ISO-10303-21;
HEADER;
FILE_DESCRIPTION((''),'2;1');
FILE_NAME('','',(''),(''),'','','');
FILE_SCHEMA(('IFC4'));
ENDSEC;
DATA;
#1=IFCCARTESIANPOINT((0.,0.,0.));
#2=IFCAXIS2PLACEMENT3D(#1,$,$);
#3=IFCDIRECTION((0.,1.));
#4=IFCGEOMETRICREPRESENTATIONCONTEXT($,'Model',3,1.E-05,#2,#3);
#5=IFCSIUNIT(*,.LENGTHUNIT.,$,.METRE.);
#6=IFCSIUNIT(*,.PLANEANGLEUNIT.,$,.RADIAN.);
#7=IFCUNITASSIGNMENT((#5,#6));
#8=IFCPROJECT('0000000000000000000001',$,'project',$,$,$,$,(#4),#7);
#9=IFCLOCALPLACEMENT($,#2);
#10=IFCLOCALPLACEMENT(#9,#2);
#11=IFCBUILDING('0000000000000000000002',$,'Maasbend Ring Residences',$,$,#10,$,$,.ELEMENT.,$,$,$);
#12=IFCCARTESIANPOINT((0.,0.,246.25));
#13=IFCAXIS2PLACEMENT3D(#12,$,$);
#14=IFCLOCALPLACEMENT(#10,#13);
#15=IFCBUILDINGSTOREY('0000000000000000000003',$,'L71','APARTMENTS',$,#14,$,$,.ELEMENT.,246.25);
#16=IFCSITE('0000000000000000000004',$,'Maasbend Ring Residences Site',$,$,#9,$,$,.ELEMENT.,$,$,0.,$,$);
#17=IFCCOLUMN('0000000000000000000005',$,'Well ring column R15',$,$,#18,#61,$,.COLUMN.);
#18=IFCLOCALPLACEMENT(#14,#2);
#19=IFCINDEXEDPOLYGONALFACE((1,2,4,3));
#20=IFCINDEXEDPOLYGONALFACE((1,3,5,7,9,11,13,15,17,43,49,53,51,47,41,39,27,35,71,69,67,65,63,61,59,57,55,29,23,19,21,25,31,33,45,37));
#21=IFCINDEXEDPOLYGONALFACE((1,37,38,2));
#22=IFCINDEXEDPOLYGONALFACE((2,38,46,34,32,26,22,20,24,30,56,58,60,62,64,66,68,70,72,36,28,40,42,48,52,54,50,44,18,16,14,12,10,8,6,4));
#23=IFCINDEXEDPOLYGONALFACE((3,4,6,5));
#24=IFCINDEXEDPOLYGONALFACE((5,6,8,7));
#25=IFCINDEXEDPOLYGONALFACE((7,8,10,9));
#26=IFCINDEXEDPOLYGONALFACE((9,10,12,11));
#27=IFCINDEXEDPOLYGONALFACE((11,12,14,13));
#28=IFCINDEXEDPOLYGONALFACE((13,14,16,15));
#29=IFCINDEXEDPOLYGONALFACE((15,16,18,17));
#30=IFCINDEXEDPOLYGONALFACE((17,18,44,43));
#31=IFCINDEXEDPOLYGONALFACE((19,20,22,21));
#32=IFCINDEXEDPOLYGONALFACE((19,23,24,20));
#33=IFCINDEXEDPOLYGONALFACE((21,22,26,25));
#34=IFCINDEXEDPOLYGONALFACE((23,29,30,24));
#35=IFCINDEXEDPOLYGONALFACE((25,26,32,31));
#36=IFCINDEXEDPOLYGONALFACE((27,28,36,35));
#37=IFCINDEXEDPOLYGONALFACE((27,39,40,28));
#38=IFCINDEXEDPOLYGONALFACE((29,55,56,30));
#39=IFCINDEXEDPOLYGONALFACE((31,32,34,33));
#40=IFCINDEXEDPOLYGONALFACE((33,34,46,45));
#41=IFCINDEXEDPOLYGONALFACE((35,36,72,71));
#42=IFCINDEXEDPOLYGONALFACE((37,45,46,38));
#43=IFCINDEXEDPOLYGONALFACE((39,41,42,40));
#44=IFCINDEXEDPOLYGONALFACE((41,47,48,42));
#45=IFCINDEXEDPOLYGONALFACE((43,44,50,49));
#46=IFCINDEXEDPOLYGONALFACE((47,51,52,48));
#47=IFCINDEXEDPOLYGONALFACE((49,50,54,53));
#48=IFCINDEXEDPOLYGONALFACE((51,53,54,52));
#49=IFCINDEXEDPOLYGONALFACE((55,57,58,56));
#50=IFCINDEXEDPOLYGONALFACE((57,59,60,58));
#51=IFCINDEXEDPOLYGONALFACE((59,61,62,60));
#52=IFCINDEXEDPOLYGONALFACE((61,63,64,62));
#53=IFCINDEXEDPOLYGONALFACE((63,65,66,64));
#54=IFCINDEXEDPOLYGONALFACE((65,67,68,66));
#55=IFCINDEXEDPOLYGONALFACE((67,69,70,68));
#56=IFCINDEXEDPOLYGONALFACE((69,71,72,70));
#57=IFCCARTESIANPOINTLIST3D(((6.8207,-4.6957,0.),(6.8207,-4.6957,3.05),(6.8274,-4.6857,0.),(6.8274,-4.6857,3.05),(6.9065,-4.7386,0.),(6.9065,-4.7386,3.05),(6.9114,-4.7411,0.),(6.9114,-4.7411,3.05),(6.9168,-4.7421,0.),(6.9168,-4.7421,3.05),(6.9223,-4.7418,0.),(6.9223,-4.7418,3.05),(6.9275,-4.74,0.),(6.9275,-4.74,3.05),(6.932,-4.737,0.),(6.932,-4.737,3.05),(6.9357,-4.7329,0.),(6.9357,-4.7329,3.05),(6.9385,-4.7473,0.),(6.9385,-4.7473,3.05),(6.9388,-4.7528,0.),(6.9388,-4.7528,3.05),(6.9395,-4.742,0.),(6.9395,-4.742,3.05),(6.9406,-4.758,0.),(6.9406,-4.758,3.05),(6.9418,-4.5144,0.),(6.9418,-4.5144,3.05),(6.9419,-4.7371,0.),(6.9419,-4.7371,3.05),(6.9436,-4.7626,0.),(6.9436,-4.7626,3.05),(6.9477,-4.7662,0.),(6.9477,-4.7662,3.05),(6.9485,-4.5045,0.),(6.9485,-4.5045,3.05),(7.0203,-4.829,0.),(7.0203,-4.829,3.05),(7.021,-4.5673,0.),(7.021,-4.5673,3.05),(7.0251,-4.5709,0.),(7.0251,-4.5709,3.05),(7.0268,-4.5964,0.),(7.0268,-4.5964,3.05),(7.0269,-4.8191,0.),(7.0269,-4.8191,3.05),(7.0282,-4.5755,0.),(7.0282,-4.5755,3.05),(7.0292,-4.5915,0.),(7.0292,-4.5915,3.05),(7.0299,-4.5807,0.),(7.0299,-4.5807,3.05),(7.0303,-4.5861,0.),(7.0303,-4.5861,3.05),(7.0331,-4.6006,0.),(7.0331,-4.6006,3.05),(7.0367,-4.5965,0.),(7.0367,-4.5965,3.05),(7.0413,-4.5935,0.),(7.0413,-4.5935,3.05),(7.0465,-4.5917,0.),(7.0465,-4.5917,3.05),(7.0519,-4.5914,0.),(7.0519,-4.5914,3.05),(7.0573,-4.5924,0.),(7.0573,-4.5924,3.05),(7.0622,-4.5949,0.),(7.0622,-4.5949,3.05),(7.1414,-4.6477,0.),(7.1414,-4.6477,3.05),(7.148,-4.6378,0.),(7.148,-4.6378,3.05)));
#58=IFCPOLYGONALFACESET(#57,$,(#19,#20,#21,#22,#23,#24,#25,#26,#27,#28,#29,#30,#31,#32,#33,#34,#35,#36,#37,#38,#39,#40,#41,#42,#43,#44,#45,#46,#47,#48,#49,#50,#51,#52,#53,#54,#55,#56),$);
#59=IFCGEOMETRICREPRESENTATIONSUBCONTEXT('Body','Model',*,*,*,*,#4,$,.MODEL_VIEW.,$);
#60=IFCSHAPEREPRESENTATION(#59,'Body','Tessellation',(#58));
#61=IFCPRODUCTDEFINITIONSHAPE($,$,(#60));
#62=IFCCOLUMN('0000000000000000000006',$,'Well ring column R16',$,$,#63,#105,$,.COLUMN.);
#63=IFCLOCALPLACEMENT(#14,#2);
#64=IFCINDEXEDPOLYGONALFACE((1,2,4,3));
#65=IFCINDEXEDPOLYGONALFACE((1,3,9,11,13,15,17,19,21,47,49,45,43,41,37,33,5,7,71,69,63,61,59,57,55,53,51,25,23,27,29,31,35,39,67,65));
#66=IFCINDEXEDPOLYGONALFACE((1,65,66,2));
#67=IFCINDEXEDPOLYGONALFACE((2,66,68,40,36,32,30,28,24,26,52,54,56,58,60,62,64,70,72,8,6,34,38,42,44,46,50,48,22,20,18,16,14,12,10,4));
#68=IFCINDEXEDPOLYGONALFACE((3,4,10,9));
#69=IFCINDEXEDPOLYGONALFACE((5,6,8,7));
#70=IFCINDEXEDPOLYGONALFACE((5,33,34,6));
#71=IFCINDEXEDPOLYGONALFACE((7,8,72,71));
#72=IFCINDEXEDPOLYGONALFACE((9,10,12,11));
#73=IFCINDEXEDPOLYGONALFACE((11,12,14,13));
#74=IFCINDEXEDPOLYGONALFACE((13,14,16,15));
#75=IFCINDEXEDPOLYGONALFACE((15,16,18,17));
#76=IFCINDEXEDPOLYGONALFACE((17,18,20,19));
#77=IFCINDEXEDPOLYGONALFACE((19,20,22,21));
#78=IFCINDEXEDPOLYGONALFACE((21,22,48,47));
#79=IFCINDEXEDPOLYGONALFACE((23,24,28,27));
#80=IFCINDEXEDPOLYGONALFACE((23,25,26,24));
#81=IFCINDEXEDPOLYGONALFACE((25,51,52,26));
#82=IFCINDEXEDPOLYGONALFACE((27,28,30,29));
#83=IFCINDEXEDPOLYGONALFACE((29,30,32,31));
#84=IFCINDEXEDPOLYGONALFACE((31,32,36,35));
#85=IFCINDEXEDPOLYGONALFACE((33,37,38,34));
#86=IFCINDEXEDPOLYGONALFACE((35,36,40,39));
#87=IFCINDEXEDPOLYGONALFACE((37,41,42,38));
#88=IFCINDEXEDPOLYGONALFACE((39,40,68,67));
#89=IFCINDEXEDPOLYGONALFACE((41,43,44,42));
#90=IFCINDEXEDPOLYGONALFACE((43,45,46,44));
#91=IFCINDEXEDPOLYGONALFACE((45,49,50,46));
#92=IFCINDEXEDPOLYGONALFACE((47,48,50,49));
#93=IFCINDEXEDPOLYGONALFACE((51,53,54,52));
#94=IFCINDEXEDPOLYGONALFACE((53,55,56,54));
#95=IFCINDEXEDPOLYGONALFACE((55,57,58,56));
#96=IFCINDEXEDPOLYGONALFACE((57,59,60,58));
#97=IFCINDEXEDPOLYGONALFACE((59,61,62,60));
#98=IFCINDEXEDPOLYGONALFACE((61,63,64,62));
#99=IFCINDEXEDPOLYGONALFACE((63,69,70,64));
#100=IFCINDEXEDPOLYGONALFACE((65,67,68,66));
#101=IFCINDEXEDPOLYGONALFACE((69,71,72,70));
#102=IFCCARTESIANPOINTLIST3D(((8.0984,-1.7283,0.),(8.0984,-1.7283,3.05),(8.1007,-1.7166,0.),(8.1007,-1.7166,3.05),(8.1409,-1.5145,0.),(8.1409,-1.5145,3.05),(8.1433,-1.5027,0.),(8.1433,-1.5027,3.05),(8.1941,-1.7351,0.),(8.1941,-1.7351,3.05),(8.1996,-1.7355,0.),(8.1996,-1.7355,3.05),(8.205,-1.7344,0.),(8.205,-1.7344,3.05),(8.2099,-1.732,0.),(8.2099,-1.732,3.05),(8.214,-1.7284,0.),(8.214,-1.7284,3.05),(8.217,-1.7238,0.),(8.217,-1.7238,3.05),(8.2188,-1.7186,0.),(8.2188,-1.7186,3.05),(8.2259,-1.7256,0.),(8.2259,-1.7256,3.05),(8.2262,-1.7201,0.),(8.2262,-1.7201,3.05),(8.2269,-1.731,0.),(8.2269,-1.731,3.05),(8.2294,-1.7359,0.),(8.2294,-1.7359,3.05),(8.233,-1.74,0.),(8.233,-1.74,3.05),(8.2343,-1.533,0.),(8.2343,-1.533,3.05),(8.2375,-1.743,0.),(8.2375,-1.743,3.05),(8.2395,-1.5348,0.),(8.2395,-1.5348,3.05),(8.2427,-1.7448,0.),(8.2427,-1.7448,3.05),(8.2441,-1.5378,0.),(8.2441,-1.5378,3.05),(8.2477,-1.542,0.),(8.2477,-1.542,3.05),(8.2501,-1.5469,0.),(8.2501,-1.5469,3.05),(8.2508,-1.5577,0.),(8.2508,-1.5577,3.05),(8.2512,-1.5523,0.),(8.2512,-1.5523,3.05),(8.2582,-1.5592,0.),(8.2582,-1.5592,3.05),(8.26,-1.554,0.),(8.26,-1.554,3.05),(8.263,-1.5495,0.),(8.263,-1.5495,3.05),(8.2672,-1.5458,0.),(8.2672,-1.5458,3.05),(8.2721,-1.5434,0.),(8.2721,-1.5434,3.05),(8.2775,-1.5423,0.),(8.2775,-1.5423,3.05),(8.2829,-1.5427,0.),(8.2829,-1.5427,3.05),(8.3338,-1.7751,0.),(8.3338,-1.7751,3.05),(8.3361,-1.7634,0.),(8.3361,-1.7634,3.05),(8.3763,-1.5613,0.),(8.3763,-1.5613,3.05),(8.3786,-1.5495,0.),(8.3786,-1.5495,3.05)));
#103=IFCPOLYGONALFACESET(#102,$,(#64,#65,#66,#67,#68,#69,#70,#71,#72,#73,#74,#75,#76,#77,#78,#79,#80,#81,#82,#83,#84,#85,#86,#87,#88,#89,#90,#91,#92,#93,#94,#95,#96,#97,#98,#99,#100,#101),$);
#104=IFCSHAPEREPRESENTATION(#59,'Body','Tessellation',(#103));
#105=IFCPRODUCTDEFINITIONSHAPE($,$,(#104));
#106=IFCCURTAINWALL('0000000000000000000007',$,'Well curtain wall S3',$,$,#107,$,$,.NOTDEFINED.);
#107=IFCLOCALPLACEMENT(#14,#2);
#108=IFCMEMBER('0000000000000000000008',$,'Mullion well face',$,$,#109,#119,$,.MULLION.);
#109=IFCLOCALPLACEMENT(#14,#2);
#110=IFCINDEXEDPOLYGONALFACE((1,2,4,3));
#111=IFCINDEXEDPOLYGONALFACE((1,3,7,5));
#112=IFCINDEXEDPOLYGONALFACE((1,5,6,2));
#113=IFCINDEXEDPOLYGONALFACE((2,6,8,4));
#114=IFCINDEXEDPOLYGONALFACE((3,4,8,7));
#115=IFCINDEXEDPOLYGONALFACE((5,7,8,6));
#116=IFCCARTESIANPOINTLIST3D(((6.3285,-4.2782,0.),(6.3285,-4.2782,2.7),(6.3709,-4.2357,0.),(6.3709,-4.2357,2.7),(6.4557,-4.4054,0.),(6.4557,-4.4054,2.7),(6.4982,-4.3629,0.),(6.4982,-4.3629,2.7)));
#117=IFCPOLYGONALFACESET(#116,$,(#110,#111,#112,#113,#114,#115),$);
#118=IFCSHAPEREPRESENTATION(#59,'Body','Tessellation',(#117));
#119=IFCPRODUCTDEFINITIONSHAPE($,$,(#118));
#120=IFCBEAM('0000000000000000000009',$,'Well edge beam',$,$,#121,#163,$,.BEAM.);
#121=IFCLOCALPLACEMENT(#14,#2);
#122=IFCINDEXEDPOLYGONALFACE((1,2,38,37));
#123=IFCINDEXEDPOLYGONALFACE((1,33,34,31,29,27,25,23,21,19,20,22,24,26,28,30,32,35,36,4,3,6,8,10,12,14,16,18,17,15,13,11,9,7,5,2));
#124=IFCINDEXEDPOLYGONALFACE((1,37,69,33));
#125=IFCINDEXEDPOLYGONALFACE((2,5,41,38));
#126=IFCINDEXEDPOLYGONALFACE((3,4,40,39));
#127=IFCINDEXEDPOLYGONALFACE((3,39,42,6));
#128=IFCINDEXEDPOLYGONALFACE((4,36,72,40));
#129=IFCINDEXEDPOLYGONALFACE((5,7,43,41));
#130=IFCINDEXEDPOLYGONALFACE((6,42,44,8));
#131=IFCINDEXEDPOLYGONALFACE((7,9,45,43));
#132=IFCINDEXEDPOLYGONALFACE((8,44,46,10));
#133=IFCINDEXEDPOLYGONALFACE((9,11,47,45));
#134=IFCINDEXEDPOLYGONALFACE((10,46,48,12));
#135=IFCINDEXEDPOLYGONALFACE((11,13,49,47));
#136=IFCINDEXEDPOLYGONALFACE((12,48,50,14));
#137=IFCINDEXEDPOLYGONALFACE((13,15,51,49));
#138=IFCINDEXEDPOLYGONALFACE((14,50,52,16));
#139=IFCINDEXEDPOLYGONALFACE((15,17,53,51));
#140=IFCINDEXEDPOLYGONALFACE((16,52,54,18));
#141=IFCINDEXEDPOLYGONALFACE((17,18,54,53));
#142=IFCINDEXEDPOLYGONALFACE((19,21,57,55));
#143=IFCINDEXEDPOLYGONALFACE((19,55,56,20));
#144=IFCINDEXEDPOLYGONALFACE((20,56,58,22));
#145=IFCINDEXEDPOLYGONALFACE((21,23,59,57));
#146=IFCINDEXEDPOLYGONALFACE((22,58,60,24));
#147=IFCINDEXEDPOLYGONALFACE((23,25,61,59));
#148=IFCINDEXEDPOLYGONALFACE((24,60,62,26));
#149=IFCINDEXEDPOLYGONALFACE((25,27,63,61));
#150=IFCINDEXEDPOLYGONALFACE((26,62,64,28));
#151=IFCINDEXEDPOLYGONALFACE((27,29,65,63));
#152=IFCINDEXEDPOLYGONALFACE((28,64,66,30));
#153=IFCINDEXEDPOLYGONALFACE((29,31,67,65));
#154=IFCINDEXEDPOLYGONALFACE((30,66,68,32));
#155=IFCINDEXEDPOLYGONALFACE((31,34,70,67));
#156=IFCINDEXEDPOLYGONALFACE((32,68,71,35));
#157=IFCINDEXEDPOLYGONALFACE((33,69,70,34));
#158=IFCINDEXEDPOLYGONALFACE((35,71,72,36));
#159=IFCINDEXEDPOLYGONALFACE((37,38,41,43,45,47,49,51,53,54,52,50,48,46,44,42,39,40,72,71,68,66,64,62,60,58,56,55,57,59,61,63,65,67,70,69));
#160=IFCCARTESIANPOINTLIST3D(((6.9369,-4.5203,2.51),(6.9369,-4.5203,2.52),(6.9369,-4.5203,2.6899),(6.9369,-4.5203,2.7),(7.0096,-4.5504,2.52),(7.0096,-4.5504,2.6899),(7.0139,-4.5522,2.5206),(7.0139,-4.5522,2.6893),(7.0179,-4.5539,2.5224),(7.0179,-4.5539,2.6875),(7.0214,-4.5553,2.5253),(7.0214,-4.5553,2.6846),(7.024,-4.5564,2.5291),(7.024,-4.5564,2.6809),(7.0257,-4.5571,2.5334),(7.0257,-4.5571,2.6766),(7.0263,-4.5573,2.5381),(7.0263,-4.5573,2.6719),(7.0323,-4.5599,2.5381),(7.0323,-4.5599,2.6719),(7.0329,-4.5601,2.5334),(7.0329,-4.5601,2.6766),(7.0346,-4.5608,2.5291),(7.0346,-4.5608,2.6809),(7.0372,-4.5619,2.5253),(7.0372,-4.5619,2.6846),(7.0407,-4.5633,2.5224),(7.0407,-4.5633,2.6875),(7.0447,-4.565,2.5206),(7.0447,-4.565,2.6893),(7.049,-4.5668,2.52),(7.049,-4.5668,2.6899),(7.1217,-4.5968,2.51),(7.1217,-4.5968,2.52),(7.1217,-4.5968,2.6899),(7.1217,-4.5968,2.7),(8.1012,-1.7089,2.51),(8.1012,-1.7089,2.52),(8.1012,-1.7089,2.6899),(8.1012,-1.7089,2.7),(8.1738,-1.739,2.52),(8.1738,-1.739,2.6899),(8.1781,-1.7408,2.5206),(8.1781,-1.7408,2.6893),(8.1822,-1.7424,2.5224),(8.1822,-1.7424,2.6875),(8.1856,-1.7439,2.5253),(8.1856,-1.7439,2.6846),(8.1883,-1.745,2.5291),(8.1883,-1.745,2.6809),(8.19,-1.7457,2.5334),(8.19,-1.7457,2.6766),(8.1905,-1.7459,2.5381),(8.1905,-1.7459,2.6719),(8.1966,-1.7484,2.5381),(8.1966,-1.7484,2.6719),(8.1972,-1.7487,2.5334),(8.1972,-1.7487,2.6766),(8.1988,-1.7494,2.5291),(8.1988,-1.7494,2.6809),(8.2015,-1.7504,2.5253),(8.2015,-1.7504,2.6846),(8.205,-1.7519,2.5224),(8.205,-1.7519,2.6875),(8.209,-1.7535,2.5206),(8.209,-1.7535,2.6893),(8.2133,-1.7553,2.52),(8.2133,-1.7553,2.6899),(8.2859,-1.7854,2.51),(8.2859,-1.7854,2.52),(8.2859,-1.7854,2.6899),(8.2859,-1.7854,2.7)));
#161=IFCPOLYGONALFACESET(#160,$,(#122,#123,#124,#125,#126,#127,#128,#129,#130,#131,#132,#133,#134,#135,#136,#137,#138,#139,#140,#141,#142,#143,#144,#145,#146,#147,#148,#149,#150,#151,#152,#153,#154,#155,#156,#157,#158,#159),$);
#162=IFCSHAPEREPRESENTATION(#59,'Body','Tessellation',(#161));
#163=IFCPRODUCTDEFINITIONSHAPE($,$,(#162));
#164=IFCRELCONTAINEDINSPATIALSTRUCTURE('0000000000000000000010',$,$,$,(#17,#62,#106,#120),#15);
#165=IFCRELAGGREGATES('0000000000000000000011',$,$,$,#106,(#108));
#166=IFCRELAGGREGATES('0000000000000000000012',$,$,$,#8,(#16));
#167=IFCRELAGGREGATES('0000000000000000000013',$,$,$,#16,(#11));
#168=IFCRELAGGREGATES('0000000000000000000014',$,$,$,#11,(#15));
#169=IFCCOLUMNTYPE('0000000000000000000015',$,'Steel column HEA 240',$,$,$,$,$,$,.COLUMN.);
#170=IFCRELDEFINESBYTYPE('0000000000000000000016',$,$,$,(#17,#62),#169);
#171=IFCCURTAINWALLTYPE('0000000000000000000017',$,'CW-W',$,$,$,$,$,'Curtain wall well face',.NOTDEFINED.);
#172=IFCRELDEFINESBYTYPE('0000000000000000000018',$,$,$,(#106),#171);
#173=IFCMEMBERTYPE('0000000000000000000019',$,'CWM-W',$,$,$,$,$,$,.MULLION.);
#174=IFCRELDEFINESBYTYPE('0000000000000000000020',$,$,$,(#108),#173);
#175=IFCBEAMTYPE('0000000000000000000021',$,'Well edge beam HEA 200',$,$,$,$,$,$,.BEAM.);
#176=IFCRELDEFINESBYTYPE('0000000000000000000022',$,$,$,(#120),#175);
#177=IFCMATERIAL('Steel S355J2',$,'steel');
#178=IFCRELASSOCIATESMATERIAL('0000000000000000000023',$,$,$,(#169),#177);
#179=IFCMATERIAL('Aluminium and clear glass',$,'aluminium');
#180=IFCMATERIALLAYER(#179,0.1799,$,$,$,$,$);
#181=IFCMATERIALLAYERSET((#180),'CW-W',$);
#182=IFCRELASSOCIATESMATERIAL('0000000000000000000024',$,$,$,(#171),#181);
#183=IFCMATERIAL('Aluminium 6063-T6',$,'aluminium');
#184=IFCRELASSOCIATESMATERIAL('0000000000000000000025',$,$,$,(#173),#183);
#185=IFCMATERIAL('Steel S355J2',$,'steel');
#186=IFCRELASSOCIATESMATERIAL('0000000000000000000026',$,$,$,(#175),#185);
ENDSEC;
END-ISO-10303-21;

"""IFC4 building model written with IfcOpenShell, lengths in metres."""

from ifc_helpers import new_model, si_unit, direction, frame, origin, origin_2d, place, context, subcontext, project, spatial, rectangle, i_section, extrude, material, layer, layer_set, material_profile, profile_set, type_object, element, aggregate, save


model = new_model("IFC4")

# Units and contexts
model_context = context("Model", 3, precision=1e-05, world=origin(), true_north=direction((0.0, 1.0)))
body_context = subcontext(model_context, "Body", "Model", "MODEL_VIEW")
ifc_project = project(units=[si_unit("LENGTHUNIT", "METRE"), si_unit("PLANEANGLEUNIT", "RADIAN")], contexts=[model_context])

# Site, building, storey
site_placement = place(None, origin())
site = spatial("IfcSite", under=ifc_project, at=site_placement, Name="Maasbend Ring Residences Site", CompositionType="ELEMENT", RefElevation=0.0)
building_placement = place(site_placement, origin())
building = spatial("IfcBuilding", under=site, at=building_placement, Name="Maasbend Ring Residences", CompositionType="ELEMENT")
storey_placement = place(building_placement, frame((0.0, 0.0, 246.25)))
storey = spatial("IfcBuildingStorey", under=building, at=storey_placement, Name="L71", Description="APARTMENTS", CompositionType="ELEMENT", Elevation=246.25)

# Columns
ifc_material_1 = material(Name="Steel S355J2", Category="steel")
ifc_material_profile_1 = material_profile(ifc_material_1, i_section(OverallWidth=0.24, OverallDepth=0.23, WebThickness=0.0076, FlangeThickness=0.012, FilletRadius=0.021, at=origin_2d()), Name="HEA 240")
ifc_profile_set_1 = profile_set([ifc_material_profile_1], Name="Steel S355J2")
column_type = type_object("IfcColumnType", Name="Steel column HEA 240", PredefinedType="COLUMN", material=ifc_profile_set_1)
for number, where, z_axis, x_axis, name in (
    (1, (6.9844, -4.6667, 0.0), (0.0, 0.0, 1.0), (0.83147, -0.55557, 0.0), "Well ring column R15"),
    (2, (8.2385, -1.6389, 0.0), (0.0, 0.0, 1.0), (0.980785, -0.19509, 0.0), "Well ring column R16"),
):
    element("IfcColumn", number, at=place(storey_placement, frame(where, z_axis=z_axis, x_axis=x_axis)), inside=storey, type_object=column_type, Name=name, PredefinedType="COLUMN", context=body_context, shape_type="SweptSolid", body=[
        extrude(i_section(OverallWidth=0.24, OverallDepth=0.23, WebThickness=0.0076, FlangeThickness=0.012, FilletRadius=0.021, at=origin_2d()), origin(), (0.0, 0.0, 1.0), 3.05),
    ])

# Curtain wall, member
ifc_material_2 = material(Name="Aluminium and clear glass", Category="aluminium")
ifc_layer_1 = layer(ifc_material_2, 0.1799)
ifc_layer_set_1 = layer_set([ifc_layer_1], Name="CW-W")
curtain_wall_type = type_object("IfcCurtainWallType", Name="CW-W", ElementType="Curtain wall well face", PredefinedType="NOTDEFINED", material=ifc_layer_set_1)
curtain_wall_placement = place(storey_placement, origin())
curtain_wall = element("IfcCurtainWall", 3, at=curtain_wall_placement, inside=storey, type_object=curtain_wall_type, Name="Well curtain wall S3", PredefinedType="NOTDEFINED")
ifc_material_3 = material(Name="Aluminium 6063-T6", Category="aluminium")
ifc_material_profile_2 = material_profile(ifc_material_3, rectangle(XDim=0.1799, YDim=0.0601, at=origin_2d()), Name="AL 180x60")
ifc_profile_set_2 = profile_set([ifc_material_profile_2], Name="Aluminium 6063-T6")
member_type = type_object("IfcMemberType", Name="CWM-W", PredefinedType="MULLION", material=ifc_profile_set_2)
member_placement = place(storey_placement, frame((6.4133, -4.3206, 0.0), z_axis=(0.0, 0.0, 1.0), x_axis=(-0.707107, 0.707107, 0.0)))
member = element("IfcMember", 4, at=member_placement, type_object=member_type, Name="Mullion well face", PredefinedType="MULLION", context=body_context, shape_type="SweptSolid", body=[
    extrude(rectangle(XDim=0.1799, YDim=0.0601, at=origin_2d()), origin(), (0.0, 0.0, 1.0), 2.7),
])

# Beam
ifc_material_4 = material(Name="Steel S355J2", Category="steel")
ifc_material_profile_3 = material_profile(ifc_material_4, i_section(OverallWidth=0.2, OverallDepth=0.1899, WebThickness=0.0066, FlangeThickness=0.01, FilletRadius=0.0181, at=origin_2d()), Name="HEA 200")
ifc_profile_set_3 = profile_set([ifc_material_profile_3], Name="Steel S355J2")
beam_type = type_object("IfcBeamType", Name="Well edge beam HEA 200", PredefinedType="BEAM", material=ifc_profile_set_3)
for number, where, z_axis, x_axis, name in (
    (5, (7.0293, -4.5586, 2.605), (0.382609, 0.92391, 0.0), (-0.92391, 0.382609, 0.0), "Well edge beam"),
):
    element("IfcBeam", number, at=place(storey_placement, frame(where, z_axis=z_axis, x_axis=x_axis)), inside=storey, type_object=beam_type, Name=name, PredefinedType="BEAM", context=body_context, shape_type="SweptSolid", body=[
        extrude(i_section(OverallWidth=0.2, OverallDepth=0.1899, WebThickness=0.0066, FlangeThickness=0.01, FilletRadius=0.0181, at=origin_2d()), origin(), (0.0, 0.0, 1.0), 3.043),
    ])

aggregate(curtain_wall, [member])

save(model, "model.ifc")
